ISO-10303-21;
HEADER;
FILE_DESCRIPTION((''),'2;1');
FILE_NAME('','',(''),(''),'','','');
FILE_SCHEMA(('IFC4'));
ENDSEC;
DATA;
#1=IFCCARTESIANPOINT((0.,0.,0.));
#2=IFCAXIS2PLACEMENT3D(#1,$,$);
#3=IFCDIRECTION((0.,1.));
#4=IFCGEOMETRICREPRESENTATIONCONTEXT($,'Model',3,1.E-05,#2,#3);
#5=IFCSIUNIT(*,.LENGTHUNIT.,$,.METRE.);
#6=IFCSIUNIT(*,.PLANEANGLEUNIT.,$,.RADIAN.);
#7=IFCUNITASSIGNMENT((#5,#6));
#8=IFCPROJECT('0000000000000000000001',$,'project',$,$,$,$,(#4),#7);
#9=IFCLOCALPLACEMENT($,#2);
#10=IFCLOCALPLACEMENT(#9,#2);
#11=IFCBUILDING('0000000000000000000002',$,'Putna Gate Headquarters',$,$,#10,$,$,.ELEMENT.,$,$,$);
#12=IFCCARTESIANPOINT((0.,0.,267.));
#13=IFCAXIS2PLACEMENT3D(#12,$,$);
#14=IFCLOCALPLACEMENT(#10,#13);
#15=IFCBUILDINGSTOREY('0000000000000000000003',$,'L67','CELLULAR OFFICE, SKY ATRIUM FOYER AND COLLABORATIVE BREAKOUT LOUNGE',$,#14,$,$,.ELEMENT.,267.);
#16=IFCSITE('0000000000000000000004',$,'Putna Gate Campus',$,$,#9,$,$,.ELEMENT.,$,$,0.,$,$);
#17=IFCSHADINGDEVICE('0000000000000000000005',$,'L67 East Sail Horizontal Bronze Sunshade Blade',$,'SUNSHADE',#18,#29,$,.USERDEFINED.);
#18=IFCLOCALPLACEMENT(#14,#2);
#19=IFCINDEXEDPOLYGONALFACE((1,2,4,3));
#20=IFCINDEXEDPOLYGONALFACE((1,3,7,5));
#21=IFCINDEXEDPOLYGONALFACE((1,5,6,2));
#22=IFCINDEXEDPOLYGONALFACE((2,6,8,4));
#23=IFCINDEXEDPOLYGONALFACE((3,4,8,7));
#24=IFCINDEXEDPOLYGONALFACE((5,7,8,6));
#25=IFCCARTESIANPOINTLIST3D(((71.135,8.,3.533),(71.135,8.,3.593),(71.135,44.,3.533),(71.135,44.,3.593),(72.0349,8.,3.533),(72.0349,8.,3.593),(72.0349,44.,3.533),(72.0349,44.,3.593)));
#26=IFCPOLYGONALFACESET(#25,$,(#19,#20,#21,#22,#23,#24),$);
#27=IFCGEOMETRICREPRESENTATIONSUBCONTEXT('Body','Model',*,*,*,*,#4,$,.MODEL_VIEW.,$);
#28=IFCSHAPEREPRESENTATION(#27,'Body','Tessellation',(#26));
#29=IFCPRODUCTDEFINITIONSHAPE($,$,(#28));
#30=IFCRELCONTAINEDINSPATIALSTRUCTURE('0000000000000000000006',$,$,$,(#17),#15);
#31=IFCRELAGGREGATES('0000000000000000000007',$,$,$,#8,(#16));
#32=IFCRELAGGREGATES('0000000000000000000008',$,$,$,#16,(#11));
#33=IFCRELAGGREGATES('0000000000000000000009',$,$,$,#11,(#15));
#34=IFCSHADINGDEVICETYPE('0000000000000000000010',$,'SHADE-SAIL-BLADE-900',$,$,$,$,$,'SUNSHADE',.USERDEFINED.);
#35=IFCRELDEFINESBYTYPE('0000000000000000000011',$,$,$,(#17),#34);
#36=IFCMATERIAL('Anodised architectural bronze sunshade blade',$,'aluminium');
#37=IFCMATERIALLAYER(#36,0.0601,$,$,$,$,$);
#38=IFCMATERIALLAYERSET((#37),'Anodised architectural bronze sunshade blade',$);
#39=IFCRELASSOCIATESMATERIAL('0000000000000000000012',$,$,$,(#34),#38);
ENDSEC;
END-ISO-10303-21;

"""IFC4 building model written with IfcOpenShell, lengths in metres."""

from ifc_helpers import new_model, si_unit, direction, frame, origin, place, context, subcontext, project, spatial, polyline, outline, extrude, material, layer, layer_set, type_object, element, save


model = new_model("IFC4")

# Units and contexts
model_context = context("Model", 3, precision=1e-05, world=origin(), true_north=direction((0.0, 1.0)))
body_context = subcontext(model_context, "Body", "Model", "MODEL_VIEW")
ifc_project = project(units=[si_unit("LENGTHUNIT", "METRE"), si_unit("PLANEANGLEUNIT", "RADIAN")], contexts=[model_context])

# Site, building, storey
site_placement = place(None, origin())
site = spatial("IfcSite", under=ifc_project, at=site_placement, Name="Putna Gate Campus", CompositionType="ELEMENT", RefElevation=0.0)
building_placement = place(site_placement, origin())
building = spatial("IfcBuilding", under=site, at=building_placement, Name="Putna Gate Headquarters", CompositionType="ELEMENT")
storey_placement = place(building_placement, frame((0.0, 0.0, 267.0)))
storey = spatial("IfcBuildingStorey", under=building, at=storey_placement, Name="L67", Description="CELLULAR OFFICE, SKY ATRIUM FOYER AND COLLABORATIVE BREAKOUT LOUNGE", CompositionType="ELEMENT", Elevation=267.0)

# Shading device
ifc_material_1 = material(Name="Anodised architectural bronze sunshade blade", Category="aluminium")
ifc_layer_1 = layer(ifc_material_1, 0.0601)
ifc_layer_set_1 = layer_set([ifc_layer_1], Name="Anodised architectural bronze sunshade blade")
shading_device_type_1 = type_object("IfcShadingDeviceType", Name="SHADE-SAIL-BLADE-900", ElementType="SUNSHADE", PredefinedType="USERDEFINED", material=ifc_layer_set_1)
shading_device_placement = place(storey_placement, frame((0.0, 0.0, 3.533)))
element("IfcShadingDevice", 1, at=shading_device_placement, inside=storey, type_object=shading_device_type_1, Name="L67 East Sail Horizontal Bronze Sunshade Blade", ObjectType="SUNSHADE", PredefinedType="USERDEFINED", context=body_context, shape_type="SweptSolid", body=[
    extrude(outline(polyline([(71.135, 8.0), (72.0349, 8.0), (72.0349, 44.0), (71.135, 44.0), (71.135, 8.0)])), origin(), (0.0, 0.0, 1.0), 0.0601),
])

save(model, "model.ifc")
